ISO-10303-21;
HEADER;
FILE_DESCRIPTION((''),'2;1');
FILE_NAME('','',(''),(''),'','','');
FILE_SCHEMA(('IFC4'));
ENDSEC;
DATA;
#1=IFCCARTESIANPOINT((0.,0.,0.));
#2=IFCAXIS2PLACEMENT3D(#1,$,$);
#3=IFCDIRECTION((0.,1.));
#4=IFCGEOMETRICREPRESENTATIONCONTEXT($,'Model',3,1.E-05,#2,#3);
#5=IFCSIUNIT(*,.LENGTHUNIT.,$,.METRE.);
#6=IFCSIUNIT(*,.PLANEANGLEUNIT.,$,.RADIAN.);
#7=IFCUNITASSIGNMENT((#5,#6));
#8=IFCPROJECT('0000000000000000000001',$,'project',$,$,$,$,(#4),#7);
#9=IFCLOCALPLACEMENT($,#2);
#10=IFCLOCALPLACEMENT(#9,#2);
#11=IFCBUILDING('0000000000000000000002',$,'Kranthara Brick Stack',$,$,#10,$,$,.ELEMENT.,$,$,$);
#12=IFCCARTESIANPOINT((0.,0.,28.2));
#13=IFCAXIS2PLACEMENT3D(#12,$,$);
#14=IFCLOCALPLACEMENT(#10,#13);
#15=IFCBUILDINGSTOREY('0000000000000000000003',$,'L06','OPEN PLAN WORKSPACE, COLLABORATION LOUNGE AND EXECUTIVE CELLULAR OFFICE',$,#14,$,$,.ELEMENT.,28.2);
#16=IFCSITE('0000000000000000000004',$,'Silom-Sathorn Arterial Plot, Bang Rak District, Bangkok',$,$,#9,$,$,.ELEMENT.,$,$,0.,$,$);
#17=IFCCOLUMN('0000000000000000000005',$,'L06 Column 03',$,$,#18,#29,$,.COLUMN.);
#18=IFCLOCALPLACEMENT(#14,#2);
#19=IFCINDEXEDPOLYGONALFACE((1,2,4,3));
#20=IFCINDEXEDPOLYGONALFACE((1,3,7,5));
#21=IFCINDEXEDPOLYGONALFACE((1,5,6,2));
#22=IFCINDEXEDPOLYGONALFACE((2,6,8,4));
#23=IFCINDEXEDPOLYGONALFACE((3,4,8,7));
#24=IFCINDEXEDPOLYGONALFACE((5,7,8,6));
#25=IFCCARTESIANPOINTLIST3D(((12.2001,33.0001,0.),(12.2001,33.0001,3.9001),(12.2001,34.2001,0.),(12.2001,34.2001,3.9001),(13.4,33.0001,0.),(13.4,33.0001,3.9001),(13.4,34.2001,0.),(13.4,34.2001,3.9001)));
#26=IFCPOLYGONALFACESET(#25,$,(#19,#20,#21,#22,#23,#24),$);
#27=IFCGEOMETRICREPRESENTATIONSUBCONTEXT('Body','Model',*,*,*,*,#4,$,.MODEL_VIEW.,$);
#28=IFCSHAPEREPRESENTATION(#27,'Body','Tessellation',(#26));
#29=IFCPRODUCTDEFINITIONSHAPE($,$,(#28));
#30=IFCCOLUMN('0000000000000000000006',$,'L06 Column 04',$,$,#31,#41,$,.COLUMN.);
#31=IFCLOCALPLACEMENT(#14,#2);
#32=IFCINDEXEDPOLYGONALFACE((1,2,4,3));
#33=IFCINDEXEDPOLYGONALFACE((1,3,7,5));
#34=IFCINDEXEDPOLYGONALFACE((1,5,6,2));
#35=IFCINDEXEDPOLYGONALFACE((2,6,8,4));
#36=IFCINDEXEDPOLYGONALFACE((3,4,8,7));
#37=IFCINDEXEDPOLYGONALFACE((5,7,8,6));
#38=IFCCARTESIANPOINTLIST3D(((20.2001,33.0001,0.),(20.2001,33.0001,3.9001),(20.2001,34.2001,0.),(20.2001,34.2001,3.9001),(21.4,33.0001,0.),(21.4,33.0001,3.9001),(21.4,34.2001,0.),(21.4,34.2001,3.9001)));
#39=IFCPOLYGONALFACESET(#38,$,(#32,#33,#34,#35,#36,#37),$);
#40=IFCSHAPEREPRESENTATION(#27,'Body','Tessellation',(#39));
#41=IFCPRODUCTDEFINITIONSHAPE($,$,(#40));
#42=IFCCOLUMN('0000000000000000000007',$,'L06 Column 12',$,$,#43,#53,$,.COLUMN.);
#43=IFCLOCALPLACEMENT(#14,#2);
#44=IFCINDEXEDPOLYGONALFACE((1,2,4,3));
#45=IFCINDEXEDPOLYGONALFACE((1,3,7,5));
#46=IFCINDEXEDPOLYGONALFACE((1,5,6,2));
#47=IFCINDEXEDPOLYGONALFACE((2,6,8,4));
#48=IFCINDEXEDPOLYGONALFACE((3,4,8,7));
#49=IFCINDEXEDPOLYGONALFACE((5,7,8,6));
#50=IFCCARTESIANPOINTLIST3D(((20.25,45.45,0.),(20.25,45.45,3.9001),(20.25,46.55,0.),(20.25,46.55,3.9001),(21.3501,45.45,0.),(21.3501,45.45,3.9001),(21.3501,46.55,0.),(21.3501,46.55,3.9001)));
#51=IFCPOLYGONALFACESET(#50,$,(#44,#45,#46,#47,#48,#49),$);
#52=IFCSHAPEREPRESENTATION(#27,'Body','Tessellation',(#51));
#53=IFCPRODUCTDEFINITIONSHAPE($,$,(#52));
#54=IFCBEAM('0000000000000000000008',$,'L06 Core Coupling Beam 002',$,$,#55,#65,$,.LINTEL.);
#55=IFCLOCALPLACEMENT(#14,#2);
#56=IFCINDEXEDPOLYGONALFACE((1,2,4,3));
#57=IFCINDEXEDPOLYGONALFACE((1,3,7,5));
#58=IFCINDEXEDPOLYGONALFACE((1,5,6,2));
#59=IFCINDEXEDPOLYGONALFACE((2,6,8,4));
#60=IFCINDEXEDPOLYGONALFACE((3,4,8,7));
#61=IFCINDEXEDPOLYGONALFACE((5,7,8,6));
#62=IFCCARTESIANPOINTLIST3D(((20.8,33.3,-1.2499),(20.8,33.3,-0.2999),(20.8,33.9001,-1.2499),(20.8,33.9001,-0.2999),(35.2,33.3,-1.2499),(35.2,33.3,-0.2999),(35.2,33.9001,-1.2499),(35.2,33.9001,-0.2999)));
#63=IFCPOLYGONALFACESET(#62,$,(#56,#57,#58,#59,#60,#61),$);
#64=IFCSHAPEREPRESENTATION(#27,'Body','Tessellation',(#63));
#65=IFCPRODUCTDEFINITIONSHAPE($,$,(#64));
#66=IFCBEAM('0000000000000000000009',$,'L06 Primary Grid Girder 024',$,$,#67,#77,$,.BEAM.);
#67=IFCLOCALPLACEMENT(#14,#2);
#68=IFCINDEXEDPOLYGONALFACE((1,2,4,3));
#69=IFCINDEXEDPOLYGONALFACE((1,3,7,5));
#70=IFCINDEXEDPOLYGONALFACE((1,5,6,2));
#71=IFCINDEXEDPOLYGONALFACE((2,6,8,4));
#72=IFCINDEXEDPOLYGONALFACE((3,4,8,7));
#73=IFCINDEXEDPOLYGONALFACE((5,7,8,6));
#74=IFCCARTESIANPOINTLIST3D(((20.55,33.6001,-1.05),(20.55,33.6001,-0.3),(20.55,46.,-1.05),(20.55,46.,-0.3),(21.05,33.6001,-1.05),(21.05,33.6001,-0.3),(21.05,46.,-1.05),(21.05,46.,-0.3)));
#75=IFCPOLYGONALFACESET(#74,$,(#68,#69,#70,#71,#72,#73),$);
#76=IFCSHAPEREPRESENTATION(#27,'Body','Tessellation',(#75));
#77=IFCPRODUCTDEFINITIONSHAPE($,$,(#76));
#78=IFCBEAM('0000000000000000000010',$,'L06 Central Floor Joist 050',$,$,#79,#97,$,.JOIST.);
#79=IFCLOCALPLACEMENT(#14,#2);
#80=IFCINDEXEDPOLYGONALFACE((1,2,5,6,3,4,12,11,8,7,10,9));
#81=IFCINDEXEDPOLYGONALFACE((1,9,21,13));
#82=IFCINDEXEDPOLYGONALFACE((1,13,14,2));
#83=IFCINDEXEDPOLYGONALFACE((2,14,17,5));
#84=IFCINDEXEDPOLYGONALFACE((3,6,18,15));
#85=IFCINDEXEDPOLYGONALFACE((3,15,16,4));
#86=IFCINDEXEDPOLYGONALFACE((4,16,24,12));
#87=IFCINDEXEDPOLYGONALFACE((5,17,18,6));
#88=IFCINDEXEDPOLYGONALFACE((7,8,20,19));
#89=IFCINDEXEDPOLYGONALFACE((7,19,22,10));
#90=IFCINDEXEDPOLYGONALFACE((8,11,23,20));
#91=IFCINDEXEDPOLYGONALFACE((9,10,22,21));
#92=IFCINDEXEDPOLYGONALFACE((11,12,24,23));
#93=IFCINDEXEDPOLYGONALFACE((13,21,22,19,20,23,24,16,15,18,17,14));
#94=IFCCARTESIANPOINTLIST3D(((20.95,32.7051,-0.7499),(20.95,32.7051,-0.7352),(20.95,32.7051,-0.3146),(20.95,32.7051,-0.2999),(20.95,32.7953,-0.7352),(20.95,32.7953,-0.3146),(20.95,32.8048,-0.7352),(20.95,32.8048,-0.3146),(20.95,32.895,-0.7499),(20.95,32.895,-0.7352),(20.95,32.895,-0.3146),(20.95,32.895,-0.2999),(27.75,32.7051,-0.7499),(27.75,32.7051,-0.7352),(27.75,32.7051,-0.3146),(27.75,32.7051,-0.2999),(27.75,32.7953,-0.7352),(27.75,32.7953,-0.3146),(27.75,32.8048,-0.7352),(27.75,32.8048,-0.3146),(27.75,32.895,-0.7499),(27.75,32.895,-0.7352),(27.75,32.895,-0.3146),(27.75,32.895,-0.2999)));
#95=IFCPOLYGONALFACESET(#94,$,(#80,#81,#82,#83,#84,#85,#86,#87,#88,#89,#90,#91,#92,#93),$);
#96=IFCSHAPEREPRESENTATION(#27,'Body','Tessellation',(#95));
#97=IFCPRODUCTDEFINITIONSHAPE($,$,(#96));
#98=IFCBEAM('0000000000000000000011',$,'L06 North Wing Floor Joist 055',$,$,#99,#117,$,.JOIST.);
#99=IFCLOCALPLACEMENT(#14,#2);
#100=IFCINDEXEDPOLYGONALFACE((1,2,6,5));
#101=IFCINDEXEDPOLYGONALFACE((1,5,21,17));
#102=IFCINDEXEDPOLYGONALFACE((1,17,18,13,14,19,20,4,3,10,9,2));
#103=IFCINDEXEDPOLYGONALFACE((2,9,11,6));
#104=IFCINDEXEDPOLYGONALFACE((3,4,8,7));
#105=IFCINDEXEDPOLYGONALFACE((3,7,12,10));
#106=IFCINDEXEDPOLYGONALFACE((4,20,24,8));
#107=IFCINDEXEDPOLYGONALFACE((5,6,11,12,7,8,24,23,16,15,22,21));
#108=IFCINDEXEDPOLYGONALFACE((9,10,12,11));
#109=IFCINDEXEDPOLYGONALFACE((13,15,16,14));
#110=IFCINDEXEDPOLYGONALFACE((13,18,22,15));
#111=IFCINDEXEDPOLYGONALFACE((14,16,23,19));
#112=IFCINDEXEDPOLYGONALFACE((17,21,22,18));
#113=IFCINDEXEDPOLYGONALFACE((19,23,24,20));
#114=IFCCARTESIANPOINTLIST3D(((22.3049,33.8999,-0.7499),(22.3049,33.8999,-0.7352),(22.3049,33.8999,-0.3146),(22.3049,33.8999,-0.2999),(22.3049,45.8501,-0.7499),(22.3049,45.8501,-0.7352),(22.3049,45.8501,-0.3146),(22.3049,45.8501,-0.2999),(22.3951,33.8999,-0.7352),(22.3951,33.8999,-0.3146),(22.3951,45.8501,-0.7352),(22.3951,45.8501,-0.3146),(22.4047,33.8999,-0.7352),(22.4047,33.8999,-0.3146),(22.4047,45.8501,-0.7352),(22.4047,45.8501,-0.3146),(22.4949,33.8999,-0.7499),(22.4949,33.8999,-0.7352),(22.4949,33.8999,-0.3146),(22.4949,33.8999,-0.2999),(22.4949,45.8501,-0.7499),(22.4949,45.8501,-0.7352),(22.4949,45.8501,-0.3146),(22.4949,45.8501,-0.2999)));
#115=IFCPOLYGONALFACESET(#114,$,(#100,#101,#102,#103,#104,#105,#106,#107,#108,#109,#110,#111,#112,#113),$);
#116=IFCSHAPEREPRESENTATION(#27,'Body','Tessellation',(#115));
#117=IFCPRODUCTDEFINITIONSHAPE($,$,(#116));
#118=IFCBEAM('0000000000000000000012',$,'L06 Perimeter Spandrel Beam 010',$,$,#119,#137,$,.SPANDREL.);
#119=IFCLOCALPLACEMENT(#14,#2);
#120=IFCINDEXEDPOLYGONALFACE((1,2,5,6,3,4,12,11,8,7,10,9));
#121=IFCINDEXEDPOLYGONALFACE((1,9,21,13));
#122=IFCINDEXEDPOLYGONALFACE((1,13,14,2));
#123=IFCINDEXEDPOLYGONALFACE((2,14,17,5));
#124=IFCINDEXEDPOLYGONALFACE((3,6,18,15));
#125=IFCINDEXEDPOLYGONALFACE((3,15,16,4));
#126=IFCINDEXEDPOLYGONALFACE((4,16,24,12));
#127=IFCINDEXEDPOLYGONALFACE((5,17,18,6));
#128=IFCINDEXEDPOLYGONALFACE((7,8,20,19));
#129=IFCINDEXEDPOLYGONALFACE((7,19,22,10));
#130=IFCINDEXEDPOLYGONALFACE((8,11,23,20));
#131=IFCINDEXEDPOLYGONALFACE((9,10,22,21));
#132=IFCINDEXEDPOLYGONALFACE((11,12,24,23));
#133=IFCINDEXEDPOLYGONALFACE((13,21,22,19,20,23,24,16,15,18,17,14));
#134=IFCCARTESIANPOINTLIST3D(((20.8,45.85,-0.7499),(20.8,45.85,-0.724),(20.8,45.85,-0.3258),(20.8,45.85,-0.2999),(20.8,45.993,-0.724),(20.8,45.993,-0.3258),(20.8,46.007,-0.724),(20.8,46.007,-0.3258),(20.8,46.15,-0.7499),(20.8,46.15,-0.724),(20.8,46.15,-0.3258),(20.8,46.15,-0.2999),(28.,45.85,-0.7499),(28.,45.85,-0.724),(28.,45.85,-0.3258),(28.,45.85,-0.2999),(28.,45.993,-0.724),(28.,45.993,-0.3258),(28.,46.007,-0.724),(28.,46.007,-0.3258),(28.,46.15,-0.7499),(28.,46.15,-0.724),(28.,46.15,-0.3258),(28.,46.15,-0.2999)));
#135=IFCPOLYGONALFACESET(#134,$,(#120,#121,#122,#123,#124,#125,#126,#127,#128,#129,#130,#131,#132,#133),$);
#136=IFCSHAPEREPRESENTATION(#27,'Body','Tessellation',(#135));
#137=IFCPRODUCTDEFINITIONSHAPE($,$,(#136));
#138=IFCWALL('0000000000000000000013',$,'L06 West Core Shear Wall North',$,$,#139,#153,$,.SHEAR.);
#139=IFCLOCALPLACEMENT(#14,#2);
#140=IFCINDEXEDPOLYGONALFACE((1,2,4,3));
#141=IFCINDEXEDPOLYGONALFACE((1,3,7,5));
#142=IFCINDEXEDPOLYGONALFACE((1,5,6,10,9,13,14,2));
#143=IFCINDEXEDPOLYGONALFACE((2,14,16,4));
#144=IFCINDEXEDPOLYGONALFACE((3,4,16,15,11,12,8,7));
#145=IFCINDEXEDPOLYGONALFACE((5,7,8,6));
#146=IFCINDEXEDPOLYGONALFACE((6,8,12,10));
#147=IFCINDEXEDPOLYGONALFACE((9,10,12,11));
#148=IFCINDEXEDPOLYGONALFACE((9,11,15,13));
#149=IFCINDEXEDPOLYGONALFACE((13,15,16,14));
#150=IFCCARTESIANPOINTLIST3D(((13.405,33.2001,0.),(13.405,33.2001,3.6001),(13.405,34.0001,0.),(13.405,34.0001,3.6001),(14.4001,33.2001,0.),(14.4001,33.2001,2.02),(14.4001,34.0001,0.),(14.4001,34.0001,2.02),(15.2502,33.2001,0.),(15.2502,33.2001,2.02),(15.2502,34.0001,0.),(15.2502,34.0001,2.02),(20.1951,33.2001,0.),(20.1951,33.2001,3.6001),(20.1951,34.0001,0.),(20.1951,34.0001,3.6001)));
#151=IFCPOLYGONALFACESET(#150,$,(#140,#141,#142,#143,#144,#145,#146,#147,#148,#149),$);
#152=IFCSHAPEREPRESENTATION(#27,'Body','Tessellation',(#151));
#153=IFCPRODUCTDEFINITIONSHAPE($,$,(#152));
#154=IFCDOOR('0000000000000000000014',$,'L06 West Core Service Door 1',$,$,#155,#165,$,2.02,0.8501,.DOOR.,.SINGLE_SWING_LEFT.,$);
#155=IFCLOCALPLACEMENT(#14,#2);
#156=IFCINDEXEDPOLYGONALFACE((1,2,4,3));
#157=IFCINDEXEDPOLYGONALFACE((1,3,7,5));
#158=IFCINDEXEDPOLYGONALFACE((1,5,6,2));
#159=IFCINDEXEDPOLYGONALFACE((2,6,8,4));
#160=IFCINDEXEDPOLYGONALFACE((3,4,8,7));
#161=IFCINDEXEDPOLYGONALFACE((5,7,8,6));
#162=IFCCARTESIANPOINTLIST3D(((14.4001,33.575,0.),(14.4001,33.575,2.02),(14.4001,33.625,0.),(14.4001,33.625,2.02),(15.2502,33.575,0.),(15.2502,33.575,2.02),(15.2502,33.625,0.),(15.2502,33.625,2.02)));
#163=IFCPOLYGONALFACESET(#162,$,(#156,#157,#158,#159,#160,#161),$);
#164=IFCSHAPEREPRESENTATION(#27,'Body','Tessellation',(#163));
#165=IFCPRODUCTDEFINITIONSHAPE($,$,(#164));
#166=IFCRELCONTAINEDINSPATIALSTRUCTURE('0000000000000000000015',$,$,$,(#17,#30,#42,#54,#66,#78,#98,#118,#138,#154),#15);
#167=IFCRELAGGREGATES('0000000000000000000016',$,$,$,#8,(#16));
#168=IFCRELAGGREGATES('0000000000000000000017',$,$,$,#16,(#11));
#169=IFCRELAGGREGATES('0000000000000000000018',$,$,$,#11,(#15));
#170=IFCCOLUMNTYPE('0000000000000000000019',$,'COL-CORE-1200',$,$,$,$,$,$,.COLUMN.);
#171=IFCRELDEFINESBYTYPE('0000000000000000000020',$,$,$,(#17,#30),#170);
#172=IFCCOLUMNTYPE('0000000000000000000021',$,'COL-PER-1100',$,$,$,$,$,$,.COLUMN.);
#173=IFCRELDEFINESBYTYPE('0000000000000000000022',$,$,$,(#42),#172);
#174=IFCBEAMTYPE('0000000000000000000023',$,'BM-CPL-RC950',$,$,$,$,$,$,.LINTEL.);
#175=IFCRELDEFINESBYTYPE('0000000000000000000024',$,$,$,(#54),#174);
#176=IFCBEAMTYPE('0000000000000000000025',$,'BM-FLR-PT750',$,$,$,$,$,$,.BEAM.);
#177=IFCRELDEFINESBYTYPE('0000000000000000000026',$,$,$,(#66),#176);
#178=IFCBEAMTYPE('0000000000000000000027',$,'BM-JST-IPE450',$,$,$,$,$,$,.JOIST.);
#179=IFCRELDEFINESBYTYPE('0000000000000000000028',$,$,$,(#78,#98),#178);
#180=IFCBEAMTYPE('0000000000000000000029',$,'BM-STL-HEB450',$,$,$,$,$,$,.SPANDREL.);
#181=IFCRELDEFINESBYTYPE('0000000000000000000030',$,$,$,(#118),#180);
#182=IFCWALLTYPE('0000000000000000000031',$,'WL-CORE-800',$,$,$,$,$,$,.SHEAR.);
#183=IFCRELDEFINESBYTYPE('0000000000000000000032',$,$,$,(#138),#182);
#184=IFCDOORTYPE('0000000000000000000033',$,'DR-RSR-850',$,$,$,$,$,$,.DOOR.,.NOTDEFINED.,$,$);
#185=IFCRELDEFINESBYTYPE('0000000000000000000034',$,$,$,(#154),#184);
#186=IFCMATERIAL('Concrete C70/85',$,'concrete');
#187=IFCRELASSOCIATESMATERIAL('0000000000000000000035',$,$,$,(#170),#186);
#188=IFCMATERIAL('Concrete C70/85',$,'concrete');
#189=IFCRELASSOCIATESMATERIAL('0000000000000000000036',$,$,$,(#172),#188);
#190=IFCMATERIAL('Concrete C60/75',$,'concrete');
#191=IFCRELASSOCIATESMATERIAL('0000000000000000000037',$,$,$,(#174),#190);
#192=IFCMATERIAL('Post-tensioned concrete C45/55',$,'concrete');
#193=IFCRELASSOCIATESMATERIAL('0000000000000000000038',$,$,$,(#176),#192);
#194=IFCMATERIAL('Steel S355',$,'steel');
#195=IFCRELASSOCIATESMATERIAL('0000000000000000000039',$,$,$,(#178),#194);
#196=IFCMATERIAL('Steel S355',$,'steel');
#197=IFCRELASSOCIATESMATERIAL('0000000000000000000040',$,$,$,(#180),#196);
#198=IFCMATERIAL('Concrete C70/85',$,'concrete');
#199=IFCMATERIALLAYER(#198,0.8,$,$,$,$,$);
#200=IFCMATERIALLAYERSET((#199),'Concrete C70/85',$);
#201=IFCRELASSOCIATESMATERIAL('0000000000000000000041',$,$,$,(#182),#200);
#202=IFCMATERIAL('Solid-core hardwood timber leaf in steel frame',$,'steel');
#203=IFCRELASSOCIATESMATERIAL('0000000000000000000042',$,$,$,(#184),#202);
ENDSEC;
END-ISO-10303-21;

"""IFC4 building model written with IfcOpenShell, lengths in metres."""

from ifc_helpers import new_model, si_unit, direction, frame, frame_2d, origin, origin_2d, place, context, subcontext, project, spatial, rectangle, i_section, extrude, material, layer, layer_set, material_profile, profile_set, type_object, element, fill, save


model = new_model("IFC4")

# Units and contexts
model_context = context("Model", 3, precision=1e-05, world=origin(), true_north=direction((0.0, 1.0)))
body_context = subcontext(model_context, "Body", "Model", "MODEL_VIEW")
ifc_project = project(units=[si_unit("LENGTHUNIT", "METRE"), si_unit("PLANEANGLEUNIT", "RADIAN")], contexts=[model_context])

# Site, building, storey
site_placement = place(None, origin())
site = spatial("IfcSite", under=ifc_project, at=site_placement, Name="Silom-Sathorn Arterial Plot, Bang Rak District, Bangkok", CompositionType="ELEMENT", RefElevation=0.0)
building_placement = place(site_placement, origin())
building = spatial("IfcBuilding", under=site, at=building_placement, Name="Kranthara Brick Stack", CompositionType="ELEMENT")
storey_placement = place(building_placement, frame((0.0, 0.0, 28.2)))
storey = spatial("IfcBuildingStorey", under=building, at=storey_placement, Name="L06", Description="OPEN PLAN WORKSPACE, COLLABORATION LOUNGE AND EXECUTIVE CELLULAR OFFICE", CompositionType="ELEMENT", Elevation=28.2)

# Columns
ifc_material_1 = material(Name="Concrete C70/85", Category="concrete")
ifc_material_profile_1 = material_profile(ifc_material_1, rectangle(XDim=1.2, YDim=1.2, at=origin_2d()), Name="RC 1200x1200")
ifc_profile_set_1 = profile_set([ifc_material_profile_1], Name="Concrete C70/85")
column_type_1 = type_object("IfcColumnType", Name="COL-CORE-1200", PredefinedType="COLUMN", material=ifc_profile_set_1)
for number, where, z_axis, x_axis, name in (
    (1, (12.8, 33.6001, 0.0), (0.0, 0.0, 1.0), (1.0, 0.0, 0.0), "L06 Column 03"),
    (2, (20.8, 33.6001, 0.0), (0.0, 0.0, 1.0), (1.0, 0.0, 0.0), "L06 Column 04"),
):
    element("IfcColumn", number, at=place(storey_placement, frame(where, z_axis=z_axis, x_axis=x_axis)), inside=storey, type_object=column_type_1, Name=name, PredefinedType="COLUMN", context=body_context, shape_type="SweptSolid", body=[
        extrude(rectangle(XDim=1.2, YDim=1.2, at=origin_2d()), origin(), (0.0, 0.0, 1.0), 3.9001),
    ])
ifc_material_2 = material(Name="Concrete C70/85", Category="concrete")
ifc_material_profile_2 = material_profile(ifc_material_2, rectangle(XDim=1.1001, YDim=1.1001, at=origin_2d()), Name="RC 1100x1100")
ifc_profile_set_2 = profile_set([ifc_material_profile_2], Name="Concrete C70/85")
column_type_2 = type_object("IfcColumnType", Name="COL-PER-1100", PredefinedType="COLUMN", material=ifc_profile_set_2)
column_placement = place(storey_placement, frame((20.8, 46.0, 0.0), z_axis=(0.0, 0.0, 1.0), x_axis=(1.0, 0.0, 0.0)))
element("IfcColumn", 3, at=column_placement, inside=storey, type_object=column_type_2, Name="L06 Column 12", PredefinedType="COLUMN", context=body_context, shape_type="SweptSolid", body=[
    extrude(rectangle(XDim=1.1001, YDim=1.1001, at=origin_2d()), origin(), (0.0, 0.0, 1.0), 3.9001),
])

# Beams
ifc_material_3 = material(Name="Concrete C60/75", Category="concrete")
ifc_material_profile_3 = material_profile(ifc_material_3, rectangle(XDim=0.6001, YDim=0.95, at=origin_2d()), Name="RC 600x950")
ifc_profile_set_3 = profile_set([ifc_material_profile_3], Name="Concrete C60/75")
beam_type_1 = type_object("IfcBeamType", Name="BM-CPL-RC950", PredefinedType="LINTEL", material=ifc_profile_set_3)
beam_1_placement = place(storey_placement, frame((20.8, 33.6001, -0.7749), z_axis=(1.0, 0.0, 0.0), x_axis=(0.0, 1.0, 0.0)))
element("IfcBeam", 4, at=beam_1_placement, inside=storey, type_object=beam_type_1, Name="L06 Core Coupling Beam 002", PredefinedType="LINTEL", context=body_context, shape_type="SweptSolid", body=[
    extrude(rectangle(XDim=0.6001, YDim=0.95, at=origin_2d()), origin(), (0.0, 0.0, 1.0), 14.3999),
])
ifc_material_4 = material(Name="Post-tensioned concrete C45/55", Category="concrete")
ifc_material_profile_4 = material_profile(ifc_material_4, rectangle(XDim=0.5, YDim=0.75, at=origin_2d()), Name="PT 500x750")
ifc_profile_set_4 = profile_set([ifc_material_profile_4], Name="Post-tensioned concrete C45/55")
beam_type_2 = type_object("IfcBeamType", Name="BM-FLR-PT750", PredefinedType="BEAM", material=ifc_profile_set_4)
beam_2_placement = place(storey_placement, frame((20.8, 33.6001, -0.675), z_axis=(0.0, 1.0, 0.0), x_axis=(-1.0, 0.0, 0.0)))
element("IfcBeam", 5, at=beam_2_placement, inside=storey, type_object=beam_type_2, Name="L06 Primary Grid Girder 024", PredefinedType="BEAM", context=body_context, shape_type="SweptSolid", body=[
    extrude(rectangle(XDim=0.5, YDim=0.75, at=origin_2d()), origin(), (0.0, 0.0, 1.0), 12.3999),
])
ifc_material_5 = material(Name="Steel S355", Category="steel")
ifc_material_profile_5 = material_profile(ifc_material_5, i_section(OverallWidth=0.1899, OverallDepth=0.45, WebThickness=0.0095, FlangeThickness=0.0146, at=origin_2d()), Name="IPE 450")
ifc_profile_set_5 = profile_set([ifc_material_profile_5], Name="Steel S355")
beam_type_3 = type_object("IfcBeamType", Name="BM-JST-IPE450", PredefinedType="JOIST", material=ifc_profile_set_5)
beam_3_placement = place(storey_placement, frame((20.95, 32.8, -0.5249), z_axis=(1.0, 0.0, 0.0), x_axis=(0.0, 1.0, 0.0)))
element("IfcBeam", 6, at=beam_3_placement, inside=storey, type_object=beam_type_3, Name="L06 Central Floor Joist 050", PredefinedType="JOIST", context=body_context, shape_type="SweptSolid", body=[
    extrude(i_section(OverallWidth=0.1899, OverallDepth=0.45, WebThickness=0.0095, FlangeThickness=0.0146, at=origin_2d()), origin(), (0.0, 0.0, 1.0), 6.8),
])
beam_4_placement = place(storey_placement, frame((22.3999, 33.8999, -0.5249), z_axis=(0.0, 1.0, 0.0), x_axis=(-1.0, 0.0, 0.0)))
element("IfcBeam", 7, at=beam_4_placement, inside=storey, type_object=beam_type_3, Name="L06 North Wing Floor Joist 055", PredefinedType="JOIST", context=body_context, shape_type="SweptSolid", body=[
    extrude(i_section(OverallWidth=0.1899, OverallDepth=0.45, WebThickness=0.0095, FlangeThickness=0.0146, at=origin_2d()), origin(), (0.0, 0.0, 1.0), 11.9502),
])
ifc_material_6 = material(Name="Steel S355", Category="steel")
ifc_material_profile_6 = material_profile(ifc_material_6, i_section(OverallWidth=0.3, OverallDepth=0.45, WebThickness=0.0139, FlangeThickness=0.0259, at=origin_2d()), Name="HEB 450")
ifc_profile_set_6 = profile_set([ifc_material_profile_6], Name="Steel S355")
beam_type_4 = type_object("IfcBeamType", Name="BM-STL-HEB450", PredefinedType="SPANDREL", material=ifc_profile_set_6)
beam_5_placement = place(storey_placement, frame((20.8, 46.0, -0.5249), z_axis=(1.0, 0.0, 0.0), x_axis=(0.0, 1.0, 0.0)))
element("IfcBeam", 8, at=beam_5_placement, inside=storey, type_object=beam_type_4, Name="L06 Perimeter Spandrel Beam 010", PredefinedType="SPANDREL", context=body_context, shape_type="SweptSolid", body=[
    extrude(i_section(OverallWidth=0.3, OverallDepth=0.45, WebThickness=0.0139, FlangeThickness=0.0259, at=origin_2d()), origin(), (0.0, 0.0, 1.0), 7.2),
])

# Wall, opening, door
ifc_material_7 = material(Name="Concrete C70/85", Category="concrete")
ifc_layer_1 = layer(ifc_material_7, 0.8)
ifc_layer_set_1 = layer_set([ifc_layer_1], Name="Concrete C70/85")
wall_type_1 = type_object("IfcWallType", Name="WL-CORE-800", PredefinedType="SHEAR", material=ifc_layer_set_1)
wall_placement = place(storey_placement, frame((13.405, 33.6001, 0.0), z_axis=(0.0, 0.0, 1.0), x_axis=(1.0, 0.0, 0.0)))
wall = element("IfcWall", 9, at=wall_placement, inside=storey, type_object=wall_type_1, Name="L06 West Core Shear Wall North", PredefinedType="SHEAR", context=body_context, shape_type="SweptSolid", body=[
    extrude(rectangle(XDim=6.79, YDim=0.8, at=frame_2d((3.395, 0.0))), origin(), (0.0, 0.0, 1.0), 3.6001),
])
opening_placement = place(wall_placement, frame((0.9951, 0.0, 0.0)))
opening = element("IfcOpeningElement", 10, at=opening_placement, cuts=wall, PredefinedType="OPENING", context=body_context, shape_type="SweptSolid", body=[
    extrude(rectangle(XDim=0.8501, YDim=2.02, at=frame_2d((0.425, 1.01))), frame((0.0, 0.4099, 0.0), z_axis=(0.0, -1.0, 0.0), x_axis=(1.0, 0.0, 0.0)), (0.0, 0.0, 1.0), 0.8201),
])
ifc_material_8 = material(Name="Solid-core hardwood timber leaf in steel frame", Category="steel")
door_type = type_object("IfcDoorType", Name="DR-RSR-850", OperationType="NOTDEFINED", PredefinedType="DOOR", material=ifc_material_8)
door_placement = place(opening_placement, origin())
door = element("IfcDoor", 11, at=door_placement, inside=storey, type_object=door_type, Name="L06 West Core Service Door 1", OperationType="SINGLE_SWING_LEFT", OverallHeight=2.02, OverallWidth=0.8501, PredefinedType="DOOR", context=body_context, shape_type="SweptSolid", body=[
    extrude(rectangle(XDim=0.8501, YDim=2.02, at=frame_2d((0.425, 1.01))), frame((0.0, 0.0249, 0.0), z_axis=(0.0, -1.0, 0.0), x_axis=(1.0, 0.0, 0.0)), (0.0, 0.0, 1.0), 0.05),
])
fill(opening, door)

save(model, "model.ifc")
